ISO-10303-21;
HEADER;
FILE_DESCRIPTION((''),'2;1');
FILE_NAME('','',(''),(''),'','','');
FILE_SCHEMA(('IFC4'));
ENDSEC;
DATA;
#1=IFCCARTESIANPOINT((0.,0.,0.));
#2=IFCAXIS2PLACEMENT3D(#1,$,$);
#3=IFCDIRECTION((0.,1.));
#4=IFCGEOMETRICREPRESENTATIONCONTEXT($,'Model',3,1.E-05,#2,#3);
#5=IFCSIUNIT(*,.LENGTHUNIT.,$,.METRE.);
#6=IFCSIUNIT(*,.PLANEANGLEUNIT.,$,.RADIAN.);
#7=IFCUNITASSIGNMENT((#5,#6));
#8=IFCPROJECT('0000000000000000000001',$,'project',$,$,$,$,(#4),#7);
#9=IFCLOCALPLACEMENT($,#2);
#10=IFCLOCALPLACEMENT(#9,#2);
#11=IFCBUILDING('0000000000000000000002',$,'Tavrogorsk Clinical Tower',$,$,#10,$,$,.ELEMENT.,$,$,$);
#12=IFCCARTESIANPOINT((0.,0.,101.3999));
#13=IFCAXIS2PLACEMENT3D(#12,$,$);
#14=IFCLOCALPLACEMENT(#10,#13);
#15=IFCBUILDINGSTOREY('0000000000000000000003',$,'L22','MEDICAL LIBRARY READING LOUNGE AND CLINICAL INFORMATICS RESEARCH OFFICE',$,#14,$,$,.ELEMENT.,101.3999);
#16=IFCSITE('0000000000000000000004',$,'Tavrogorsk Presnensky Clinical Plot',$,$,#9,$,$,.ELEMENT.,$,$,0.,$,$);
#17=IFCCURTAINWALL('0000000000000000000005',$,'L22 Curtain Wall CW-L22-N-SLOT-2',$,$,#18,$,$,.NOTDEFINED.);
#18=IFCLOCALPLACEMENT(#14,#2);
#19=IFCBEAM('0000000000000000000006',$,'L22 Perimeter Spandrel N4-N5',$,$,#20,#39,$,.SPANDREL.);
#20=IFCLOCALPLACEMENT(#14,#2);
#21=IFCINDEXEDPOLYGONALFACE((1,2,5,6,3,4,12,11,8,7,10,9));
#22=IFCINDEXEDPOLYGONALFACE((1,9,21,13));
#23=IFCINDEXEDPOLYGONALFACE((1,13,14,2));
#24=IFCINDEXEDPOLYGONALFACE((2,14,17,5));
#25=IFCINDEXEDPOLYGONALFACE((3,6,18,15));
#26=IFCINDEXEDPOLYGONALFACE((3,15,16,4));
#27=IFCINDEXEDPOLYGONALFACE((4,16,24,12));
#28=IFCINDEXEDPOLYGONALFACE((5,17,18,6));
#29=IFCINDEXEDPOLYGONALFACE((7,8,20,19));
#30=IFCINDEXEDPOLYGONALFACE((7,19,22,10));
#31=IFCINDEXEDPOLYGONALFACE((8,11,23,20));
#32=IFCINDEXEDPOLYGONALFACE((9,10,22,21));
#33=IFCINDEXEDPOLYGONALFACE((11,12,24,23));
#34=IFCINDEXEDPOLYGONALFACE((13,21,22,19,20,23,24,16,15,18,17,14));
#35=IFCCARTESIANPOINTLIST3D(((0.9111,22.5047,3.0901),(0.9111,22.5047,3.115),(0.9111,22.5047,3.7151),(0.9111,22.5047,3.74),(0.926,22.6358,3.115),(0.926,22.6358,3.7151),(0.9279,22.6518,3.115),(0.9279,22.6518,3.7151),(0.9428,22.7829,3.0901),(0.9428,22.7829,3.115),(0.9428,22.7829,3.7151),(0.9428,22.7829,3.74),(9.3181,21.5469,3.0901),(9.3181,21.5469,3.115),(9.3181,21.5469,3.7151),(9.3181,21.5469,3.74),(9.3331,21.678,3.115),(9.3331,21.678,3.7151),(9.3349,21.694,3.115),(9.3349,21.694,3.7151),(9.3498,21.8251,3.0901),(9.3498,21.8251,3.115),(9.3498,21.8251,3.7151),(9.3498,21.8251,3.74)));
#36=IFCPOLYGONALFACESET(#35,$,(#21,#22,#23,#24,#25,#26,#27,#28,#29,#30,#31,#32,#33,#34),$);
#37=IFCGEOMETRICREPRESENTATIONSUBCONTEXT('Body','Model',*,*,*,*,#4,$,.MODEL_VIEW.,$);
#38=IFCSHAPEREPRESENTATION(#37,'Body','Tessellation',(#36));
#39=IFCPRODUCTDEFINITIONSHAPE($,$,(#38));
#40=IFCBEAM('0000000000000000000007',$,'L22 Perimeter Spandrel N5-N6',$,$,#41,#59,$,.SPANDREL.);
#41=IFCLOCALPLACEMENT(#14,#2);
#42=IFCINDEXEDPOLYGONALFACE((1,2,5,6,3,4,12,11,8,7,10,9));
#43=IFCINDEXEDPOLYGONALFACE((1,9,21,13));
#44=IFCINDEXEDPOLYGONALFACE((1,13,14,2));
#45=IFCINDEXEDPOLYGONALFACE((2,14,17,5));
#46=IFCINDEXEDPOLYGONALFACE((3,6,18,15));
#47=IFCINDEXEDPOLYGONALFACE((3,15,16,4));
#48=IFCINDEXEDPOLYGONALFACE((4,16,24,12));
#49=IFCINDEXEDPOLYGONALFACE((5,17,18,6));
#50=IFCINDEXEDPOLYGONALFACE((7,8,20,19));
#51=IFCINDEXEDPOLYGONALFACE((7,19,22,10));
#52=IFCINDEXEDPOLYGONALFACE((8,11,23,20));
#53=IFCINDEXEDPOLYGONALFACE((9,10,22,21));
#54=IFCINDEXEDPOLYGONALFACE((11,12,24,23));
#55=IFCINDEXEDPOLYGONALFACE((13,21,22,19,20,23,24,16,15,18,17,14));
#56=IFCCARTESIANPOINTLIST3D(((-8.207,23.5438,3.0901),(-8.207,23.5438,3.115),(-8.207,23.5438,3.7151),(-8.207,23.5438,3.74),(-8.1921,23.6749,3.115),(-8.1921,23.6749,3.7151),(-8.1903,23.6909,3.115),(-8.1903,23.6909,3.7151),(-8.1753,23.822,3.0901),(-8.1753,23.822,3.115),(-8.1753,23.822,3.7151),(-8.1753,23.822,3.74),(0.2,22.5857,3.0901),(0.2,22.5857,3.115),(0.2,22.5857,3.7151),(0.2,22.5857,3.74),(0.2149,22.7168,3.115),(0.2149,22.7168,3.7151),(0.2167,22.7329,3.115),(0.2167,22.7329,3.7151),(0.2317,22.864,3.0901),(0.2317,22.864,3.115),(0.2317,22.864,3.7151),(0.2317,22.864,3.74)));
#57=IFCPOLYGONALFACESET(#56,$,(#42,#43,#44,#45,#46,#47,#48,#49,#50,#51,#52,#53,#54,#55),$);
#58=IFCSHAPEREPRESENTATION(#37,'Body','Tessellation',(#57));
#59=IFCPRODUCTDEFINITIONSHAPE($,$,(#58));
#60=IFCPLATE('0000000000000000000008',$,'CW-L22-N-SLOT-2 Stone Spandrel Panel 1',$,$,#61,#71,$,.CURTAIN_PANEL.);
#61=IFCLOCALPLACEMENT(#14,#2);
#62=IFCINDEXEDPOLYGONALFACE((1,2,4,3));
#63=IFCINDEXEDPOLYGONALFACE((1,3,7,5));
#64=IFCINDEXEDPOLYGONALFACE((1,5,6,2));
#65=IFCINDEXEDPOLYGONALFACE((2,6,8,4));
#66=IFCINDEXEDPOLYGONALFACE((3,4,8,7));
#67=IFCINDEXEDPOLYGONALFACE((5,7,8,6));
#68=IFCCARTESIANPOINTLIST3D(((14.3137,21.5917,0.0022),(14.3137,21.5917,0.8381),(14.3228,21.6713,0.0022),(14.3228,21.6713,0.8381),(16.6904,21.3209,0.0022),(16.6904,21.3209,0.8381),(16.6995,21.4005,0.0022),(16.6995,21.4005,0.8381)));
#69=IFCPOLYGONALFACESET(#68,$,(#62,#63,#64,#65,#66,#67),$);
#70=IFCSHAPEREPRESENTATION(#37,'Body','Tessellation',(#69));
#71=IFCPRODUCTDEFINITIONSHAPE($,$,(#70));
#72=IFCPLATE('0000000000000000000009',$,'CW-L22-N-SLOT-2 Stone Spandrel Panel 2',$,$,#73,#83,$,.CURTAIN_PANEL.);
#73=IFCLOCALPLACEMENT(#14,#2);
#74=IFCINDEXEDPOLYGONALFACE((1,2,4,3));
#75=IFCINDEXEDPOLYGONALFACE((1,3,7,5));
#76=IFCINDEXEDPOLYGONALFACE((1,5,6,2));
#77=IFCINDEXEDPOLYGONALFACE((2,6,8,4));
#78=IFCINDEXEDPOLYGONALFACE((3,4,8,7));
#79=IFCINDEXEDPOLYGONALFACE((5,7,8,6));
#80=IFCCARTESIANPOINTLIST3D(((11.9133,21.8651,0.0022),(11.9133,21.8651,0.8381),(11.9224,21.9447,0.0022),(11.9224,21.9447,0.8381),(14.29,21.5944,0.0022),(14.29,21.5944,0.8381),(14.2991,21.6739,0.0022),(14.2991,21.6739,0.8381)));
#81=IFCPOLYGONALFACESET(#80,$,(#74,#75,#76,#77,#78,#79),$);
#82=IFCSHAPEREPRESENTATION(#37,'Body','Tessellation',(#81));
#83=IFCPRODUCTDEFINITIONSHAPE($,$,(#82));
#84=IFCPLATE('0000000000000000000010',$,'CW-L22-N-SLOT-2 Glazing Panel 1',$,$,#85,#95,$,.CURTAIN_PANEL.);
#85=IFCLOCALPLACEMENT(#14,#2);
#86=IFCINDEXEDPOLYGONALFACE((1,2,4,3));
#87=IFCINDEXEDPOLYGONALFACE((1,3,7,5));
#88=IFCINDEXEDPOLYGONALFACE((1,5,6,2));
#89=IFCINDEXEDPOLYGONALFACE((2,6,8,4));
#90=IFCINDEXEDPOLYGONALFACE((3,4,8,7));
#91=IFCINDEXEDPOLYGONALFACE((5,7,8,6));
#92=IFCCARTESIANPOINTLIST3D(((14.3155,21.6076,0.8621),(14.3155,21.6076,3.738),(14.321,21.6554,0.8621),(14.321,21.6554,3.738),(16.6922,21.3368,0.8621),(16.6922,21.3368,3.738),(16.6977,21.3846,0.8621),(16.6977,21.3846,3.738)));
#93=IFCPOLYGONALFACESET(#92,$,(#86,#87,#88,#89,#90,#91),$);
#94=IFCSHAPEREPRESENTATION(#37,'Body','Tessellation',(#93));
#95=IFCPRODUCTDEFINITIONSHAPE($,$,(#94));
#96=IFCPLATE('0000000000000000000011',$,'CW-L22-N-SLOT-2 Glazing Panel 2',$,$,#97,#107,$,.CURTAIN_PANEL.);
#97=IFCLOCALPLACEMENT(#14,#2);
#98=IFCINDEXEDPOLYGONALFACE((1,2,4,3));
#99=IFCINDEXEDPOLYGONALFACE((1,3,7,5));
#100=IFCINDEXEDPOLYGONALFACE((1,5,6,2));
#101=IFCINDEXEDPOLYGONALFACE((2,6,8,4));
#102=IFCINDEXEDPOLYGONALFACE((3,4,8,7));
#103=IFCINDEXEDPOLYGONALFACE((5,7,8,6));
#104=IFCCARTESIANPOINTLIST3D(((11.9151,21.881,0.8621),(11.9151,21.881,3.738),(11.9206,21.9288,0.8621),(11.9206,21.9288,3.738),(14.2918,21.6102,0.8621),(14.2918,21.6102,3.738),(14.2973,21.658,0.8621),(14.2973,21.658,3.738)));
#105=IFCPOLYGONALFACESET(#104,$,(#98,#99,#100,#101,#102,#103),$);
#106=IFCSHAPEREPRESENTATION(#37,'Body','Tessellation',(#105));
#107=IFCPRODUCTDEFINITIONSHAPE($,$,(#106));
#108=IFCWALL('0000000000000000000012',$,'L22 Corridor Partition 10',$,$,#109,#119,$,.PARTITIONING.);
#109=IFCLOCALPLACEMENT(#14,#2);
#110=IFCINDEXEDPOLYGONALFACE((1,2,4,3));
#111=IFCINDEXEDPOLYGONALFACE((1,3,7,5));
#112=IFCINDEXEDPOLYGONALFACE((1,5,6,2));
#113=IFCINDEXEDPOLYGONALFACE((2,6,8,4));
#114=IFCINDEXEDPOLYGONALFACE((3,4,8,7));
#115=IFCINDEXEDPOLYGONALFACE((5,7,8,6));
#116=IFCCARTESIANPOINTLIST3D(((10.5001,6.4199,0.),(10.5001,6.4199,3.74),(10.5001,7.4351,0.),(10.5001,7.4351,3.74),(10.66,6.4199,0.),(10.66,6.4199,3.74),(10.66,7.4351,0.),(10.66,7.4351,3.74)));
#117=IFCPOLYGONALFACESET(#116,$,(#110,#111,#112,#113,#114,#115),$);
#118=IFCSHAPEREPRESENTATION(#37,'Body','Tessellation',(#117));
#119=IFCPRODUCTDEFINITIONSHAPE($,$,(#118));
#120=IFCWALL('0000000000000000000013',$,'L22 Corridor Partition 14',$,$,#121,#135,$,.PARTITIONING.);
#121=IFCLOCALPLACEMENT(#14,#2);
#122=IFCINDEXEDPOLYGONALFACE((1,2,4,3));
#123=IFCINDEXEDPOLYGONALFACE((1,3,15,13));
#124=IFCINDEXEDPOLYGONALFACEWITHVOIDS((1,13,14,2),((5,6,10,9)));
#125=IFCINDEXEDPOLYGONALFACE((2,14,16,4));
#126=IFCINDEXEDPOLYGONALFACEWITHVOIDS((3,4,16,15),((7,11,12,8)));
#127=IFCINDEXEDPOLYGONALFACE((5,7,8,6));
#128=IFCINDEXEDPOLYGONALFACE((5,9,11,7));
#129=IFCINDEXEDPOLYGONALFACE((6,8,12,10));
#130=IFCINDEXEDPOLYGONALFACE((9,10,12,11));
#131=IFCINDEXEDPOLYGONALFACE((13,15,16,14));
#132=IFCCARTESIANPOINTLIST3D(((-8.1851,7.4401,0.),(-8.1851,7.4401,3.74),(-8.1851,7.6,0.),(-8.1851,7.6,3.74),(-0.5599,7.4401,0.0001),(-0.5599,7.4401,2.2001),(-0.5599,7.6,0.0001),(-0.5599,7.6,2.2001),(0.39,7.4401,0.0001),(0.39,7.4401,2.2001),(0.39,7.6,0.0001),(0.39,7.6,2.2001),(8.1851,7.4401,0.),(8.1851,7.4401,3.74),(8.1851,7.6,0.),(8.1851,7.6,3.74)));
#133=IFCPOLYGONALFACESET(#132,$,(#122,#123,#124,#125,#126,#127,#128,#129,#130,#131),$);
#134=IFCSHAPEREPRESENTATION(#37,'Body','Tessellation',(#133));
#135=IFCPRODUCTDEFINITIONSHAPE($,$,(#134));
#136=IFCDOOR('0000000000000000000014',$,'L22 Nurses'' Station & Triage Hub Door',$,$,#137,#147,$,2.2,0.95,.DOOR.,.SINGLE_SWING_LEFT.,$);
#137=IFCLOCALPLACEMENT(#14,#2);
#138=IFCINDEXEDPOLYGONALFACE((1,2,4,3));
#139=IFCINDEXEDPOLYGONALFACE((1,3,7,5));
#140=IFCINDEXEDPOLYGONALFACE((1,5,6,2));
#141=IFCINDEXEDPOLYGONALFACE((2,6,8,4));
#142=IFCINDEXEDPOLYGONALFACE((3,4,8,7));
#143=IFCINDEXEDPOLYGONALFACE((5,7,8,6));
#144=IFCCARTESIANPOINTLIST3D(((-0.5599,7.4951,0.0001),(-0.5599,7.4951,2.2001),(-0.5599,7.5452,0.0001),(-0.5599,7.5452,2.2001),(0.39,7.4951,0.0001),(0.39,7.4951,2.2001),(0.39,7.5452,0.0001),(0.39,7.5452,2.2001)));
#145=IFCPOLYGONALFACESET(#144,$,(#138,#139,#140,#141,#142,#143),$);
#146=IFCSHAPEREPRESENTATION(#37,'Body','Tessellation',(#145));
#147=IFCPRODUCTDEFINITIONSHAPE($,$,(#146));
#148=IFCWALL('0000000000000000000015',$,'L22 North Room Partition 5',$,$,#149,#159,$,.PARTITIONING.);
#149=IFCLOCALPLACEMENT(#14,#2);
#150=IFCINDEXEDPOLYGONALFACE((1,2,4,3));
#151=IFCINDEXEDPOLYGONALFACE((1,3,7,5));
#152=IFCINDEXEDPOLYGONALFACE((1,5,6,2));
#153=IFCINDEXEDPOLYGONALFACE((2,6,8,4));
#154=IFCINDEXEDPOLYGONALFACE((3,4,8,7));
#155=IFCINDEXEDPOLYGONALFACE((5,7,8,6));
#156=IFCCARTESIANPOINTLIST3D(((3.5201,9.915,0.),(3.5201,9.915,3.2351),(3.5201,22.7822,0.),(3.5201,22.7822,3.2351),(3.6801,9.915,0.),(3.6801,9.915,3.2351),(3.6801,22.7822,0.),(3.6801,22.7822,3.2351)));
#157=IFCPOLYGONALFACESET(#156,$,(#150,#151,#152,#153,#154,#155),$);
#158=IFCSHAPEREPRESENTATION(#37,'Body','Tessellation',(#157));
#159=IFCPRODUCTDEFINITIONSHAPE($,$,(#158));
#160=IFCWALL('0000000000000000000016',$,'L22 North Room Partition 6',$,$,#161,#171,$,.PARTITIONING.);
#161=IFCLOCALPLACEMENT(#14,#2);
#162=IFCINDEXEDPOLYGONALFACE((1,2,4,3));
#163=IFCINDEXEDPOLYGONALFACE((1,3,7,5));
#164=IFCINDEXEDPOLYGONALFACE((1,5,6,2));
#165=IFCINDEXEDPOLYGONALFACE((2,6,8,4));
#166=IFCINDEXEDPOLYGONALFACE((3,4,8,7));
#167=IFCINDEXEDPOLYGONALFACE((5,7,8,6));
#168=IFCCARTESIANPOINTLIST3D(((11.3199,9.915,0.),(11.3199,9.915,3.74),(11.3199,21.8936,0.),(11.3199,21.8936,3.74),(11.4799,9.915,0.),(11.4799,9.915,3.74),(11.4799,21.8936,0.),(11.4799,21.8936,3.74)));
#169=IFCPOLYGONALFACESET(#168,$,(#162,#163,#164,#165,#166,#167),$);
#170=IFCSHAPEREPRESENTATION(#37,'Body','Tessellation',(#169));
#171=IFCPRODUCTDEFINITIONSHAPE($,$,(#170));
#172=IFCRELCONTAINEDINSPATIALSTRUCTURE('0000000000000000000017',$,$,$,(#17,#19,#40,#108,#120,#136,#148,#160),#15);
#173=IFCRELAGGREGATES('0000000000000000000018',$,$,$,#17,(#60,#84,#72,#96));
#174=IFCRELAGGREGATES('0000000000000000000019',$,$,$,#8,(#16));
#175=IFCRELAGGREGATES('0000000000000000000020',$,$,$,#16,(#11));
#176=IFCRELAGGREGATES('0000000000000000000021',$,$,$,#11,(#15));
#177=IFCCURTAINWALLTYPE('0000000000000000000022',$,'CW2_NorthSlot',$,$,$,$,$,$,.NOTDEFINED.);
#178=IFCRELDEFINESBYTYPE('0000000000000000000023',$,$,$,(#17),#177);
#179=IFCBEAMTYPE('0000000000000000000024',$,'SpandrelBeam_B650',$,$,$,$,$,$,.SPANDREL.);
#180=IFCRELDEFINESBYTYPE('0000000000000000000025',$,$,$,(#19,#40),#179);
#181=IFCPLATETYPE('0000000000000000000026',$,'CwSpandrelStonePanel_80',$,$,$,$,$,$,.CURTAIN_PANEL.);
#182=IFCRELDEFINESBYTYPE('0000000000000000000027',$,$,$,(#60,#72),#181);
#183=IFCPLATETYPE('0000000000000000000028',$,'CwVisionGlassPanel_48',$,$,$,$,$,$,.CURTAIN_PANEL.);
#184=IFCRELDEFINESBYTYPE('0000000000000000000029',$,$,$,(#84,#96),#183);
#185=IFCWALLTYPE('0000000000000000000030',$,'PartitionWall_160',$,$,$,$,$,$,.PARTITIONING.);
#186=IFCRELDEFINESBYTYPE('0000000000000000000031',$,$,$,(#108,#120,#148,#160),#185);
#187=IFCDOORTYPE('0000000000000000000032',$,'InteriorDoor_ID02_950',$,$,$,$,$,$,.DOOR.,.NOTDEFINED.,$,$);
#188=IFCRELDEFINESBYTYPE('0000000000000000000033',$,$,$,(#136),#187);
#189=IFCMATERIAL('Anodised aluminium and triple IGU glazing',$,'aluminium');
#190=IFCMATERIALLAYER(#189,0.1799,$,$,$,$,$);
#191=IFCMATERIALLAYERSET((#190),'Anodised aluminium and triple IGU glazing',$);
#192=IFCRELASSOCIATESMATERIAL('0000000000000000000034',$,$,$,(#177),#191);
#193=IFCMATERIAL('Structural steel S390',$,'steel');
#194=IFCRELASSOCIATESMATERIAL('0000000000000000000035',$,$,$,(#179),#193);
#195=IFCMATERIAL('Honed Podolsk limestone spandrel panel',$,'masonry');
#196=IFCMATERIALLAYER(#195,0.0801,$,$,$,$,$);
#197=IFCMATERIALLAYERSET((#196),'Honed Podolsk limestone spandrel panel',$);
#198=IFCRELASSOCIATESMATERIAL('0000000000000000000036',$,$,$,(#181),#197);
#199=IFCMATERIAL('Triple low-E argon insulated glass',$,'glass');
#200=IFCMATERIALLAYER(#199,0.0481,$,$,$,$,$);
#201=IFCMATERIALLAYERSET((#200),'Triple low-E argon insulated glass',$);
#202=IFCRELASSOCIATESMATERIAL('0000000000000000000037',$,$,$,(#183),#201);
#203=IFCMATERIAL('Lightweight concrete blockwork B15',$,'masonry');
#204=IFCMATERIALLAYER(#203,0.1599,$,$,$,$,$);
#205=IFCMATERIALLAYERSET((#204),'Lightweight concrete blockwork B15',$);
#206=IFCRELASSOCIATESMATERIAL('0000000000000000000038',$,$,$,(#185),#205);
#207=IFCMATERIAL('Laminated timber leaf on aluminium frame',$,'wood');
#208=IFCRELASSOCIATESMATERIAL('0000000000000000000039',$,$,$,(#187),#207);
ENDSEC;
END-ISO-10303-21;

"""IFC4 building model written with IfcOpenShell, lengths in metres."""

from ifc_helpers import new_model, si_unit, direction, frame, frame_2d, origin, origin_2d, place, context, subcontext, project, spatial, rectangle, i_section, extrude, material, layer, layer_set, material_profile, profile_set, type_object, element, fill, aggregate, save


model = new_model("IFC4")

# Units and contexts
model_context = context("Model", 3, precision=1e-05, world=origin(), true_north=direction((0.0, 1.0)))
body_context = subcontext(model_context, "Body", "Model", "MODEL_VIEW")
ifc_project = project(units=[si_unit("LENGTHUNIT", "METRE"), si_unit("PLANEANGLEUNIT", "RADIAN")], contexts=[model_context])

# Site, building, storey
site_placement = place(None, origin())
site = spatial("IfcSite", under=ifc_project, at=site_placement, Name="Tavrogorsk Presnensky Clinical Plot", CompositionType="ELEMENT", RefElevation=0.0)
building_placement = place(site_placement, origin())
building = spatial("IfcBuilding", under=site, at=building_placement, Name="Tavrogorsk Clinical Tower", CompositionType="ELEMENT")
storey_placement = place(building_placement, frame((0.0, 0.0, 101.3999)))
storey = spatial("IfcBuildingStorey", under=building, at=storey_placement, Name="L22", Description="MEDICAL LIBRARY READING LOUNGE AND CLINICAL INFORMATICS RESEARCH OFFICE", CompositionType="ELEMENT", Elevation=101.3999)

# Curtain wall
ifc_material_1 = material(Name="Anodised aluminium and triple IGU glazing", Category="aluminium")
ifc_layer_1 = layer(ifc_material_1, 0.1799)
ifc_layer_set_1 = layer_set([ifc_layer_1], Name="Anodised aluminium and triple IGU glazing")
curtain_wall_type = type_object("IfcCurtainWallType", Name="CW2_NorthSlot", PredefinedType="NOTDEFINED", material=ifc_layer_set_1)
curtain_wall_placement = place(storey_placement, origin())
curtain_wall = element("IfcCurtainWall", 1, at=curtain_wall_placement, inside=storey, type_object=curtain_wall_type, Name="L22 Curtain Wall CW-L22-N-SLOT-2", PredefinedType="NOTDEFINED")

# Beams
ifc_material_2 = material(Name="Structural steel S390", Category="steel")
ifc_material_profile_1 = material_profile(ifc_material_2, i_section(OverallWidth=0.28, OverallDepth=0.6499, WebThickness=0.0161, FlangeThickness=0.0249, at=origin_2d()), Name="B-650x280x16x25")
ifc_profile_set_1 = profile_set([ifc_material_profile_1], Name="Structural steel S390")
beam_type_1 = type_object("IfcBeamType", Name="SpandrelBeam_B650", PredefinedType="SPANDREL", material=ifc_profile_set_1)
for number, where, z_axis, x_axis, name in (
    (2, (9.334, 21.686, 3.415), (-0.993573, 0.113193, 0.0), (-0.113193, -0.993573, 0.0), "L22 Perimeter Spandrel N4-N5"),
    (3, (0.2158, 22.7249, 3.415), (-0.99357, 0.113221, 0.0), (-0.113221, -0.99357, 0.0), "L22 Perimeter Spandrel N5-N6"),
):
    element("IfcBeam", number, at=place(storey_placement, frame(where, z_axis=z_axis, x_axis=x_axis)), inside=storey, type_object=beam_type_1, Name=name, PredefinedType="SPANDREL", context=body_context, shape_type="SweptSolid", body=[
        extrude(i_section(OverallWidth=0.28, OverallDepth=0.6499, WebThickness=0.0161, FlangeThickness=0.0249, at=origin_2d()), origin(), (0.0, 0.0, 1.0), 8.4614),
    ])

# Plates
ifc_material_3 = material(Name="Honed Podolsk limestone spandrel panel", Category="masonry")
ifc_layer_2 = layer(ifc_material_3, 0.0801)
ifc_layer_set_2 = layer_set([ifc_layer_2], Name="Honed Podolsk limestone spandrel panel")
plate_type_1 = type_object("IfcPlateType", Name="CwSpandrelStonePanel_80", PredefinedType="CURTAIN_PANEL", material=ifc_layer_set_2)
plate_1_placement = place(storey_placement, frame((15.5066, 21.4961, 0.0022), z_axis=(0.0, 0.0, 1.0), x_axis=(-0.993572, 0.113203, 0.0)))
plate_1 = element("IfcPlate", 4, at=plate_1_placement, type_object=plate_type_1, Name="CW-L22-N-SLOT-2 Stone Spandrel Panel 1", PredefinedType="CURTAIN_PANEL", context=body_context, shape_type="SweptSolid", body=[
    extrude(rectangle(XDim=2.3921, YDim=0.0801, at=origin_2d()), origin(), (0.0, 0.0, 1.0), 0.8359),
])
plate_2_placement = place(storey_placement, frame((13.1062, 21.7695, 0.0022), z_axis=(0.0, 0.0, 1.0), x_axis=(-0.993572, 0.113203, 0.0)))
plate_2 = element("IfcPlate", 5, at=plate_2_placement, type_object=plate_type_1, Name="CW-L22-N-SLOT-2 Stone Spandrel Panel 2", PredefinedType="CURTAIN_PANEL", context=body_context, shape_type="SweptSolid", body=[
    extrude(rectangle(XDim=2.3921, YDim=0.0801, at=origin_2d()), origin(), (0.0, 0.0, 1.0), 0.8359),
])
ifc_material_4 = material(Name="Triple low-E argon insulated glass", Category="glass")
ifc_layer_3 = layer(ifc_material_4, 0.0481)
ifc_layer_set_3 = layer_set([ifc_layer_3], Name="Triple low-E argon insulated glass")
plate_type_2 = type_object("IfcPlateType", Name="CwVisionGlassPanel_48", PredefinedType="CURTAIN_PANEL", material=ifc_layer_set_3)
plate_3_placement = place(storey_placement, frame((15.5066, 21.4961, 0.8621), z_axis=(0.0, 0.0, 1.0), x_axis=(-0.993572, 0.113203, 0.0)))
plate_3 = element("IfcPlate", 6, at=plate_3_placement, type_object=plate_type_2, Name="CW-L22-N-SLOT-2 Glazing Panel 1", PredefinedType="CURTAIN_PANEL", context=body_context, shape_type="SweptSolid", body=[
    extrude(rectangle(XDim=2.3921, YDim=0.0481, at=origin_2d()), origin(), (0.0, 0.0, 1.0), 2.876),
])
plate_4_placement = place(storey_placement, frame((13.1062, 21.7695, 0.8621), z_axis=(0.0, 0.0, 1.0), x_axis=(-0.993572, 0.113203, 0.0)))
plate_4 = element("IfcPlate", 7, at=plate_4_placement, type_object=plate_type_2, Name="CW-L22-N-SLOT-2 Glazing Panel 2", PredefinedType="CURTAIN_PANEL", context=body_context, shape_type="SweptSolid", body=[
    extrude(rectangle(XDim=2.3921, YDim=0.0481, at=origin_2d()), origin(), (0.0, 0.0, 1.0), 2.876),
])
aggregate(curtain_wall, [plate_1, plate_3, plate_2, plate_4])

# Wall
ifc_material_5 = material(Name="Lightweight concrete blockwork B15", Category="masonry")
ifc_layer_4 = layer(ifc_material_5, 0.1599)
ifc_layer_set_4 = layer_set([ifc_layer_4], Name="Lightweight concrete blockwork B15")
wall_type_1 = type_object("IfcWallType", Name="PartitionWall_160", PredefinedType="PARTITIONING", material=ifc_layer_set_4)
wall_1_placement = place(storey_placement, frame((10.5801, 7.4351, 0.0), z_axis=(0.0, 0.0, 1.0), x_axis=(0.0, -1.0, 0.0)))
element("IfcWall", 8, at=wall_1_placement, inside=storey, type_object=wall_type_1, Name="L22 Corridor Partition 10", PredefinedType="PARTITIONING", context=body_context, shape_type="SweptSolid", body=[
    extrude(rectangle(XDim=1.0151, YDim=0.1599, at=frame_2d((0.5076, 0.0))), origin(), (0.0, 0.0, 1.0), 3.74),
])

# Wall, opening, door
wall_2_placement = place(storey_placement, frame((8.1851, 7.52, 0.0), z_axis=(0.0, 0.0, 1.0), x_axis=(-1.0, 0.0, 0.0)))
wall_2 = element("IfcWall", 9, at=wall_2_placement, inside=storey, type_object=wall_type_1, Name="L22 Corridor Partition 14", PredefinedType="PARTITIONING", context=body_context, shape_type="SweptSolid", body=[
    extrude(rectangle(XDim=16.3701, YDim=0.1599, at=frame_2d((8.1851, 0.0))), origin(), (0.0, 0.0, 1.0), 3.74),
])
opening_1_placement = place(wall_2_placement, frame((7.7949, 0.0, 0.0)))
opening_1 = element("IfcOpeningElement", 10, at=opening_1_placement, cuts=wall_2, PredefinedType="OPENING", context=body_context, shape_type="SweptSolid", body=[
    extrude(rectangle(XDim=0.95, YDim=2.2, at=frame_2d((0.4751, 1.1001))), frame((0.0, 0.0898, 0.0), z_axis=(0.0, -1.0, 0.0), x_axis=(1.0, 0.0, 0.0)), (0.0, 0.0, 1.0), 0.1799),
])
ifc_material_6 = material(Name="Laminated timber leaf on aluminium frame", Category="wood")
door_type = type_object("IfcDoorType", Name="InteriorDoor_ID02_950", OperationType="NOTDEFINED", PredefinedType="DOOR", material=ifc_material_6)
door_placement = place(opening_1_placement, origin())
door = element("IfcDoor", 11, at=door_placement, inside=storey, type_object=door_type, Name="L22 Nurses' Station & Triage Hub Door", OperationType="SINGLE_SWING_LEFT", OverallHeight=2.2, OverallWidth=0.95, PredefinedType="DOOR", context=body_context, shape_type="SweptSolid", body=[
    extrude(rectangle(XDim=0.95, YDim=2.2, at=frame_2d((0.4751, 1.1001))), frame((0.0, 0.0249, 0.0), z_axis=(0.0, -1.0, 0.0), x_axis=(1.0, 0.0, 0.0)), (0.0, 0.0, 1.0), 0.05),
])
fill(opening_1, door)

# Walls
wall_3_placement = place(storey_placement, frame((3.6001, 9.915, 0.0), z_axis=(0.0, 0.0, 1.0), x_axis=(0.0, 1.0, 0.0)))
element("IfcWall", 12, at=wall_3_placement, inside=storey, type_object=wall_type_1, Name="L22 North Room Partition 5", PredefinedType="PARTITIONING", context=body_context, shape_type="SweptSolid", body=[
    extrude(rectangle(XDim=12.8672, YDim=0.1599, at=frame_2d((6.4336, 0.0))), origin(), (0.0, 0.0, 1.0), 3.2351),
])
wall_4_placement = place(storey_placement, frame((11.3999, 9.915, 0.0), z_axis=(0.0, 0.0, 1.0), x_axis=(0.0, 1.0, 0.0)))
element("IfcWall", 13, at=wall_4_placement, inside=storey, type_object=wall_type_1, Name="L22 North Room Partition 6", PredefinedType="PARTITIONING", context=body_context, shape_type="SweptSolid", body=[
    extrude(rectangle(XDim=11.9785, YDim=0.1599, at=frame_2d((5.9893, 0.0))), origin(), (0.0, 0.0, 1.0), 3.74),
])

save(model, "model.ifc")
